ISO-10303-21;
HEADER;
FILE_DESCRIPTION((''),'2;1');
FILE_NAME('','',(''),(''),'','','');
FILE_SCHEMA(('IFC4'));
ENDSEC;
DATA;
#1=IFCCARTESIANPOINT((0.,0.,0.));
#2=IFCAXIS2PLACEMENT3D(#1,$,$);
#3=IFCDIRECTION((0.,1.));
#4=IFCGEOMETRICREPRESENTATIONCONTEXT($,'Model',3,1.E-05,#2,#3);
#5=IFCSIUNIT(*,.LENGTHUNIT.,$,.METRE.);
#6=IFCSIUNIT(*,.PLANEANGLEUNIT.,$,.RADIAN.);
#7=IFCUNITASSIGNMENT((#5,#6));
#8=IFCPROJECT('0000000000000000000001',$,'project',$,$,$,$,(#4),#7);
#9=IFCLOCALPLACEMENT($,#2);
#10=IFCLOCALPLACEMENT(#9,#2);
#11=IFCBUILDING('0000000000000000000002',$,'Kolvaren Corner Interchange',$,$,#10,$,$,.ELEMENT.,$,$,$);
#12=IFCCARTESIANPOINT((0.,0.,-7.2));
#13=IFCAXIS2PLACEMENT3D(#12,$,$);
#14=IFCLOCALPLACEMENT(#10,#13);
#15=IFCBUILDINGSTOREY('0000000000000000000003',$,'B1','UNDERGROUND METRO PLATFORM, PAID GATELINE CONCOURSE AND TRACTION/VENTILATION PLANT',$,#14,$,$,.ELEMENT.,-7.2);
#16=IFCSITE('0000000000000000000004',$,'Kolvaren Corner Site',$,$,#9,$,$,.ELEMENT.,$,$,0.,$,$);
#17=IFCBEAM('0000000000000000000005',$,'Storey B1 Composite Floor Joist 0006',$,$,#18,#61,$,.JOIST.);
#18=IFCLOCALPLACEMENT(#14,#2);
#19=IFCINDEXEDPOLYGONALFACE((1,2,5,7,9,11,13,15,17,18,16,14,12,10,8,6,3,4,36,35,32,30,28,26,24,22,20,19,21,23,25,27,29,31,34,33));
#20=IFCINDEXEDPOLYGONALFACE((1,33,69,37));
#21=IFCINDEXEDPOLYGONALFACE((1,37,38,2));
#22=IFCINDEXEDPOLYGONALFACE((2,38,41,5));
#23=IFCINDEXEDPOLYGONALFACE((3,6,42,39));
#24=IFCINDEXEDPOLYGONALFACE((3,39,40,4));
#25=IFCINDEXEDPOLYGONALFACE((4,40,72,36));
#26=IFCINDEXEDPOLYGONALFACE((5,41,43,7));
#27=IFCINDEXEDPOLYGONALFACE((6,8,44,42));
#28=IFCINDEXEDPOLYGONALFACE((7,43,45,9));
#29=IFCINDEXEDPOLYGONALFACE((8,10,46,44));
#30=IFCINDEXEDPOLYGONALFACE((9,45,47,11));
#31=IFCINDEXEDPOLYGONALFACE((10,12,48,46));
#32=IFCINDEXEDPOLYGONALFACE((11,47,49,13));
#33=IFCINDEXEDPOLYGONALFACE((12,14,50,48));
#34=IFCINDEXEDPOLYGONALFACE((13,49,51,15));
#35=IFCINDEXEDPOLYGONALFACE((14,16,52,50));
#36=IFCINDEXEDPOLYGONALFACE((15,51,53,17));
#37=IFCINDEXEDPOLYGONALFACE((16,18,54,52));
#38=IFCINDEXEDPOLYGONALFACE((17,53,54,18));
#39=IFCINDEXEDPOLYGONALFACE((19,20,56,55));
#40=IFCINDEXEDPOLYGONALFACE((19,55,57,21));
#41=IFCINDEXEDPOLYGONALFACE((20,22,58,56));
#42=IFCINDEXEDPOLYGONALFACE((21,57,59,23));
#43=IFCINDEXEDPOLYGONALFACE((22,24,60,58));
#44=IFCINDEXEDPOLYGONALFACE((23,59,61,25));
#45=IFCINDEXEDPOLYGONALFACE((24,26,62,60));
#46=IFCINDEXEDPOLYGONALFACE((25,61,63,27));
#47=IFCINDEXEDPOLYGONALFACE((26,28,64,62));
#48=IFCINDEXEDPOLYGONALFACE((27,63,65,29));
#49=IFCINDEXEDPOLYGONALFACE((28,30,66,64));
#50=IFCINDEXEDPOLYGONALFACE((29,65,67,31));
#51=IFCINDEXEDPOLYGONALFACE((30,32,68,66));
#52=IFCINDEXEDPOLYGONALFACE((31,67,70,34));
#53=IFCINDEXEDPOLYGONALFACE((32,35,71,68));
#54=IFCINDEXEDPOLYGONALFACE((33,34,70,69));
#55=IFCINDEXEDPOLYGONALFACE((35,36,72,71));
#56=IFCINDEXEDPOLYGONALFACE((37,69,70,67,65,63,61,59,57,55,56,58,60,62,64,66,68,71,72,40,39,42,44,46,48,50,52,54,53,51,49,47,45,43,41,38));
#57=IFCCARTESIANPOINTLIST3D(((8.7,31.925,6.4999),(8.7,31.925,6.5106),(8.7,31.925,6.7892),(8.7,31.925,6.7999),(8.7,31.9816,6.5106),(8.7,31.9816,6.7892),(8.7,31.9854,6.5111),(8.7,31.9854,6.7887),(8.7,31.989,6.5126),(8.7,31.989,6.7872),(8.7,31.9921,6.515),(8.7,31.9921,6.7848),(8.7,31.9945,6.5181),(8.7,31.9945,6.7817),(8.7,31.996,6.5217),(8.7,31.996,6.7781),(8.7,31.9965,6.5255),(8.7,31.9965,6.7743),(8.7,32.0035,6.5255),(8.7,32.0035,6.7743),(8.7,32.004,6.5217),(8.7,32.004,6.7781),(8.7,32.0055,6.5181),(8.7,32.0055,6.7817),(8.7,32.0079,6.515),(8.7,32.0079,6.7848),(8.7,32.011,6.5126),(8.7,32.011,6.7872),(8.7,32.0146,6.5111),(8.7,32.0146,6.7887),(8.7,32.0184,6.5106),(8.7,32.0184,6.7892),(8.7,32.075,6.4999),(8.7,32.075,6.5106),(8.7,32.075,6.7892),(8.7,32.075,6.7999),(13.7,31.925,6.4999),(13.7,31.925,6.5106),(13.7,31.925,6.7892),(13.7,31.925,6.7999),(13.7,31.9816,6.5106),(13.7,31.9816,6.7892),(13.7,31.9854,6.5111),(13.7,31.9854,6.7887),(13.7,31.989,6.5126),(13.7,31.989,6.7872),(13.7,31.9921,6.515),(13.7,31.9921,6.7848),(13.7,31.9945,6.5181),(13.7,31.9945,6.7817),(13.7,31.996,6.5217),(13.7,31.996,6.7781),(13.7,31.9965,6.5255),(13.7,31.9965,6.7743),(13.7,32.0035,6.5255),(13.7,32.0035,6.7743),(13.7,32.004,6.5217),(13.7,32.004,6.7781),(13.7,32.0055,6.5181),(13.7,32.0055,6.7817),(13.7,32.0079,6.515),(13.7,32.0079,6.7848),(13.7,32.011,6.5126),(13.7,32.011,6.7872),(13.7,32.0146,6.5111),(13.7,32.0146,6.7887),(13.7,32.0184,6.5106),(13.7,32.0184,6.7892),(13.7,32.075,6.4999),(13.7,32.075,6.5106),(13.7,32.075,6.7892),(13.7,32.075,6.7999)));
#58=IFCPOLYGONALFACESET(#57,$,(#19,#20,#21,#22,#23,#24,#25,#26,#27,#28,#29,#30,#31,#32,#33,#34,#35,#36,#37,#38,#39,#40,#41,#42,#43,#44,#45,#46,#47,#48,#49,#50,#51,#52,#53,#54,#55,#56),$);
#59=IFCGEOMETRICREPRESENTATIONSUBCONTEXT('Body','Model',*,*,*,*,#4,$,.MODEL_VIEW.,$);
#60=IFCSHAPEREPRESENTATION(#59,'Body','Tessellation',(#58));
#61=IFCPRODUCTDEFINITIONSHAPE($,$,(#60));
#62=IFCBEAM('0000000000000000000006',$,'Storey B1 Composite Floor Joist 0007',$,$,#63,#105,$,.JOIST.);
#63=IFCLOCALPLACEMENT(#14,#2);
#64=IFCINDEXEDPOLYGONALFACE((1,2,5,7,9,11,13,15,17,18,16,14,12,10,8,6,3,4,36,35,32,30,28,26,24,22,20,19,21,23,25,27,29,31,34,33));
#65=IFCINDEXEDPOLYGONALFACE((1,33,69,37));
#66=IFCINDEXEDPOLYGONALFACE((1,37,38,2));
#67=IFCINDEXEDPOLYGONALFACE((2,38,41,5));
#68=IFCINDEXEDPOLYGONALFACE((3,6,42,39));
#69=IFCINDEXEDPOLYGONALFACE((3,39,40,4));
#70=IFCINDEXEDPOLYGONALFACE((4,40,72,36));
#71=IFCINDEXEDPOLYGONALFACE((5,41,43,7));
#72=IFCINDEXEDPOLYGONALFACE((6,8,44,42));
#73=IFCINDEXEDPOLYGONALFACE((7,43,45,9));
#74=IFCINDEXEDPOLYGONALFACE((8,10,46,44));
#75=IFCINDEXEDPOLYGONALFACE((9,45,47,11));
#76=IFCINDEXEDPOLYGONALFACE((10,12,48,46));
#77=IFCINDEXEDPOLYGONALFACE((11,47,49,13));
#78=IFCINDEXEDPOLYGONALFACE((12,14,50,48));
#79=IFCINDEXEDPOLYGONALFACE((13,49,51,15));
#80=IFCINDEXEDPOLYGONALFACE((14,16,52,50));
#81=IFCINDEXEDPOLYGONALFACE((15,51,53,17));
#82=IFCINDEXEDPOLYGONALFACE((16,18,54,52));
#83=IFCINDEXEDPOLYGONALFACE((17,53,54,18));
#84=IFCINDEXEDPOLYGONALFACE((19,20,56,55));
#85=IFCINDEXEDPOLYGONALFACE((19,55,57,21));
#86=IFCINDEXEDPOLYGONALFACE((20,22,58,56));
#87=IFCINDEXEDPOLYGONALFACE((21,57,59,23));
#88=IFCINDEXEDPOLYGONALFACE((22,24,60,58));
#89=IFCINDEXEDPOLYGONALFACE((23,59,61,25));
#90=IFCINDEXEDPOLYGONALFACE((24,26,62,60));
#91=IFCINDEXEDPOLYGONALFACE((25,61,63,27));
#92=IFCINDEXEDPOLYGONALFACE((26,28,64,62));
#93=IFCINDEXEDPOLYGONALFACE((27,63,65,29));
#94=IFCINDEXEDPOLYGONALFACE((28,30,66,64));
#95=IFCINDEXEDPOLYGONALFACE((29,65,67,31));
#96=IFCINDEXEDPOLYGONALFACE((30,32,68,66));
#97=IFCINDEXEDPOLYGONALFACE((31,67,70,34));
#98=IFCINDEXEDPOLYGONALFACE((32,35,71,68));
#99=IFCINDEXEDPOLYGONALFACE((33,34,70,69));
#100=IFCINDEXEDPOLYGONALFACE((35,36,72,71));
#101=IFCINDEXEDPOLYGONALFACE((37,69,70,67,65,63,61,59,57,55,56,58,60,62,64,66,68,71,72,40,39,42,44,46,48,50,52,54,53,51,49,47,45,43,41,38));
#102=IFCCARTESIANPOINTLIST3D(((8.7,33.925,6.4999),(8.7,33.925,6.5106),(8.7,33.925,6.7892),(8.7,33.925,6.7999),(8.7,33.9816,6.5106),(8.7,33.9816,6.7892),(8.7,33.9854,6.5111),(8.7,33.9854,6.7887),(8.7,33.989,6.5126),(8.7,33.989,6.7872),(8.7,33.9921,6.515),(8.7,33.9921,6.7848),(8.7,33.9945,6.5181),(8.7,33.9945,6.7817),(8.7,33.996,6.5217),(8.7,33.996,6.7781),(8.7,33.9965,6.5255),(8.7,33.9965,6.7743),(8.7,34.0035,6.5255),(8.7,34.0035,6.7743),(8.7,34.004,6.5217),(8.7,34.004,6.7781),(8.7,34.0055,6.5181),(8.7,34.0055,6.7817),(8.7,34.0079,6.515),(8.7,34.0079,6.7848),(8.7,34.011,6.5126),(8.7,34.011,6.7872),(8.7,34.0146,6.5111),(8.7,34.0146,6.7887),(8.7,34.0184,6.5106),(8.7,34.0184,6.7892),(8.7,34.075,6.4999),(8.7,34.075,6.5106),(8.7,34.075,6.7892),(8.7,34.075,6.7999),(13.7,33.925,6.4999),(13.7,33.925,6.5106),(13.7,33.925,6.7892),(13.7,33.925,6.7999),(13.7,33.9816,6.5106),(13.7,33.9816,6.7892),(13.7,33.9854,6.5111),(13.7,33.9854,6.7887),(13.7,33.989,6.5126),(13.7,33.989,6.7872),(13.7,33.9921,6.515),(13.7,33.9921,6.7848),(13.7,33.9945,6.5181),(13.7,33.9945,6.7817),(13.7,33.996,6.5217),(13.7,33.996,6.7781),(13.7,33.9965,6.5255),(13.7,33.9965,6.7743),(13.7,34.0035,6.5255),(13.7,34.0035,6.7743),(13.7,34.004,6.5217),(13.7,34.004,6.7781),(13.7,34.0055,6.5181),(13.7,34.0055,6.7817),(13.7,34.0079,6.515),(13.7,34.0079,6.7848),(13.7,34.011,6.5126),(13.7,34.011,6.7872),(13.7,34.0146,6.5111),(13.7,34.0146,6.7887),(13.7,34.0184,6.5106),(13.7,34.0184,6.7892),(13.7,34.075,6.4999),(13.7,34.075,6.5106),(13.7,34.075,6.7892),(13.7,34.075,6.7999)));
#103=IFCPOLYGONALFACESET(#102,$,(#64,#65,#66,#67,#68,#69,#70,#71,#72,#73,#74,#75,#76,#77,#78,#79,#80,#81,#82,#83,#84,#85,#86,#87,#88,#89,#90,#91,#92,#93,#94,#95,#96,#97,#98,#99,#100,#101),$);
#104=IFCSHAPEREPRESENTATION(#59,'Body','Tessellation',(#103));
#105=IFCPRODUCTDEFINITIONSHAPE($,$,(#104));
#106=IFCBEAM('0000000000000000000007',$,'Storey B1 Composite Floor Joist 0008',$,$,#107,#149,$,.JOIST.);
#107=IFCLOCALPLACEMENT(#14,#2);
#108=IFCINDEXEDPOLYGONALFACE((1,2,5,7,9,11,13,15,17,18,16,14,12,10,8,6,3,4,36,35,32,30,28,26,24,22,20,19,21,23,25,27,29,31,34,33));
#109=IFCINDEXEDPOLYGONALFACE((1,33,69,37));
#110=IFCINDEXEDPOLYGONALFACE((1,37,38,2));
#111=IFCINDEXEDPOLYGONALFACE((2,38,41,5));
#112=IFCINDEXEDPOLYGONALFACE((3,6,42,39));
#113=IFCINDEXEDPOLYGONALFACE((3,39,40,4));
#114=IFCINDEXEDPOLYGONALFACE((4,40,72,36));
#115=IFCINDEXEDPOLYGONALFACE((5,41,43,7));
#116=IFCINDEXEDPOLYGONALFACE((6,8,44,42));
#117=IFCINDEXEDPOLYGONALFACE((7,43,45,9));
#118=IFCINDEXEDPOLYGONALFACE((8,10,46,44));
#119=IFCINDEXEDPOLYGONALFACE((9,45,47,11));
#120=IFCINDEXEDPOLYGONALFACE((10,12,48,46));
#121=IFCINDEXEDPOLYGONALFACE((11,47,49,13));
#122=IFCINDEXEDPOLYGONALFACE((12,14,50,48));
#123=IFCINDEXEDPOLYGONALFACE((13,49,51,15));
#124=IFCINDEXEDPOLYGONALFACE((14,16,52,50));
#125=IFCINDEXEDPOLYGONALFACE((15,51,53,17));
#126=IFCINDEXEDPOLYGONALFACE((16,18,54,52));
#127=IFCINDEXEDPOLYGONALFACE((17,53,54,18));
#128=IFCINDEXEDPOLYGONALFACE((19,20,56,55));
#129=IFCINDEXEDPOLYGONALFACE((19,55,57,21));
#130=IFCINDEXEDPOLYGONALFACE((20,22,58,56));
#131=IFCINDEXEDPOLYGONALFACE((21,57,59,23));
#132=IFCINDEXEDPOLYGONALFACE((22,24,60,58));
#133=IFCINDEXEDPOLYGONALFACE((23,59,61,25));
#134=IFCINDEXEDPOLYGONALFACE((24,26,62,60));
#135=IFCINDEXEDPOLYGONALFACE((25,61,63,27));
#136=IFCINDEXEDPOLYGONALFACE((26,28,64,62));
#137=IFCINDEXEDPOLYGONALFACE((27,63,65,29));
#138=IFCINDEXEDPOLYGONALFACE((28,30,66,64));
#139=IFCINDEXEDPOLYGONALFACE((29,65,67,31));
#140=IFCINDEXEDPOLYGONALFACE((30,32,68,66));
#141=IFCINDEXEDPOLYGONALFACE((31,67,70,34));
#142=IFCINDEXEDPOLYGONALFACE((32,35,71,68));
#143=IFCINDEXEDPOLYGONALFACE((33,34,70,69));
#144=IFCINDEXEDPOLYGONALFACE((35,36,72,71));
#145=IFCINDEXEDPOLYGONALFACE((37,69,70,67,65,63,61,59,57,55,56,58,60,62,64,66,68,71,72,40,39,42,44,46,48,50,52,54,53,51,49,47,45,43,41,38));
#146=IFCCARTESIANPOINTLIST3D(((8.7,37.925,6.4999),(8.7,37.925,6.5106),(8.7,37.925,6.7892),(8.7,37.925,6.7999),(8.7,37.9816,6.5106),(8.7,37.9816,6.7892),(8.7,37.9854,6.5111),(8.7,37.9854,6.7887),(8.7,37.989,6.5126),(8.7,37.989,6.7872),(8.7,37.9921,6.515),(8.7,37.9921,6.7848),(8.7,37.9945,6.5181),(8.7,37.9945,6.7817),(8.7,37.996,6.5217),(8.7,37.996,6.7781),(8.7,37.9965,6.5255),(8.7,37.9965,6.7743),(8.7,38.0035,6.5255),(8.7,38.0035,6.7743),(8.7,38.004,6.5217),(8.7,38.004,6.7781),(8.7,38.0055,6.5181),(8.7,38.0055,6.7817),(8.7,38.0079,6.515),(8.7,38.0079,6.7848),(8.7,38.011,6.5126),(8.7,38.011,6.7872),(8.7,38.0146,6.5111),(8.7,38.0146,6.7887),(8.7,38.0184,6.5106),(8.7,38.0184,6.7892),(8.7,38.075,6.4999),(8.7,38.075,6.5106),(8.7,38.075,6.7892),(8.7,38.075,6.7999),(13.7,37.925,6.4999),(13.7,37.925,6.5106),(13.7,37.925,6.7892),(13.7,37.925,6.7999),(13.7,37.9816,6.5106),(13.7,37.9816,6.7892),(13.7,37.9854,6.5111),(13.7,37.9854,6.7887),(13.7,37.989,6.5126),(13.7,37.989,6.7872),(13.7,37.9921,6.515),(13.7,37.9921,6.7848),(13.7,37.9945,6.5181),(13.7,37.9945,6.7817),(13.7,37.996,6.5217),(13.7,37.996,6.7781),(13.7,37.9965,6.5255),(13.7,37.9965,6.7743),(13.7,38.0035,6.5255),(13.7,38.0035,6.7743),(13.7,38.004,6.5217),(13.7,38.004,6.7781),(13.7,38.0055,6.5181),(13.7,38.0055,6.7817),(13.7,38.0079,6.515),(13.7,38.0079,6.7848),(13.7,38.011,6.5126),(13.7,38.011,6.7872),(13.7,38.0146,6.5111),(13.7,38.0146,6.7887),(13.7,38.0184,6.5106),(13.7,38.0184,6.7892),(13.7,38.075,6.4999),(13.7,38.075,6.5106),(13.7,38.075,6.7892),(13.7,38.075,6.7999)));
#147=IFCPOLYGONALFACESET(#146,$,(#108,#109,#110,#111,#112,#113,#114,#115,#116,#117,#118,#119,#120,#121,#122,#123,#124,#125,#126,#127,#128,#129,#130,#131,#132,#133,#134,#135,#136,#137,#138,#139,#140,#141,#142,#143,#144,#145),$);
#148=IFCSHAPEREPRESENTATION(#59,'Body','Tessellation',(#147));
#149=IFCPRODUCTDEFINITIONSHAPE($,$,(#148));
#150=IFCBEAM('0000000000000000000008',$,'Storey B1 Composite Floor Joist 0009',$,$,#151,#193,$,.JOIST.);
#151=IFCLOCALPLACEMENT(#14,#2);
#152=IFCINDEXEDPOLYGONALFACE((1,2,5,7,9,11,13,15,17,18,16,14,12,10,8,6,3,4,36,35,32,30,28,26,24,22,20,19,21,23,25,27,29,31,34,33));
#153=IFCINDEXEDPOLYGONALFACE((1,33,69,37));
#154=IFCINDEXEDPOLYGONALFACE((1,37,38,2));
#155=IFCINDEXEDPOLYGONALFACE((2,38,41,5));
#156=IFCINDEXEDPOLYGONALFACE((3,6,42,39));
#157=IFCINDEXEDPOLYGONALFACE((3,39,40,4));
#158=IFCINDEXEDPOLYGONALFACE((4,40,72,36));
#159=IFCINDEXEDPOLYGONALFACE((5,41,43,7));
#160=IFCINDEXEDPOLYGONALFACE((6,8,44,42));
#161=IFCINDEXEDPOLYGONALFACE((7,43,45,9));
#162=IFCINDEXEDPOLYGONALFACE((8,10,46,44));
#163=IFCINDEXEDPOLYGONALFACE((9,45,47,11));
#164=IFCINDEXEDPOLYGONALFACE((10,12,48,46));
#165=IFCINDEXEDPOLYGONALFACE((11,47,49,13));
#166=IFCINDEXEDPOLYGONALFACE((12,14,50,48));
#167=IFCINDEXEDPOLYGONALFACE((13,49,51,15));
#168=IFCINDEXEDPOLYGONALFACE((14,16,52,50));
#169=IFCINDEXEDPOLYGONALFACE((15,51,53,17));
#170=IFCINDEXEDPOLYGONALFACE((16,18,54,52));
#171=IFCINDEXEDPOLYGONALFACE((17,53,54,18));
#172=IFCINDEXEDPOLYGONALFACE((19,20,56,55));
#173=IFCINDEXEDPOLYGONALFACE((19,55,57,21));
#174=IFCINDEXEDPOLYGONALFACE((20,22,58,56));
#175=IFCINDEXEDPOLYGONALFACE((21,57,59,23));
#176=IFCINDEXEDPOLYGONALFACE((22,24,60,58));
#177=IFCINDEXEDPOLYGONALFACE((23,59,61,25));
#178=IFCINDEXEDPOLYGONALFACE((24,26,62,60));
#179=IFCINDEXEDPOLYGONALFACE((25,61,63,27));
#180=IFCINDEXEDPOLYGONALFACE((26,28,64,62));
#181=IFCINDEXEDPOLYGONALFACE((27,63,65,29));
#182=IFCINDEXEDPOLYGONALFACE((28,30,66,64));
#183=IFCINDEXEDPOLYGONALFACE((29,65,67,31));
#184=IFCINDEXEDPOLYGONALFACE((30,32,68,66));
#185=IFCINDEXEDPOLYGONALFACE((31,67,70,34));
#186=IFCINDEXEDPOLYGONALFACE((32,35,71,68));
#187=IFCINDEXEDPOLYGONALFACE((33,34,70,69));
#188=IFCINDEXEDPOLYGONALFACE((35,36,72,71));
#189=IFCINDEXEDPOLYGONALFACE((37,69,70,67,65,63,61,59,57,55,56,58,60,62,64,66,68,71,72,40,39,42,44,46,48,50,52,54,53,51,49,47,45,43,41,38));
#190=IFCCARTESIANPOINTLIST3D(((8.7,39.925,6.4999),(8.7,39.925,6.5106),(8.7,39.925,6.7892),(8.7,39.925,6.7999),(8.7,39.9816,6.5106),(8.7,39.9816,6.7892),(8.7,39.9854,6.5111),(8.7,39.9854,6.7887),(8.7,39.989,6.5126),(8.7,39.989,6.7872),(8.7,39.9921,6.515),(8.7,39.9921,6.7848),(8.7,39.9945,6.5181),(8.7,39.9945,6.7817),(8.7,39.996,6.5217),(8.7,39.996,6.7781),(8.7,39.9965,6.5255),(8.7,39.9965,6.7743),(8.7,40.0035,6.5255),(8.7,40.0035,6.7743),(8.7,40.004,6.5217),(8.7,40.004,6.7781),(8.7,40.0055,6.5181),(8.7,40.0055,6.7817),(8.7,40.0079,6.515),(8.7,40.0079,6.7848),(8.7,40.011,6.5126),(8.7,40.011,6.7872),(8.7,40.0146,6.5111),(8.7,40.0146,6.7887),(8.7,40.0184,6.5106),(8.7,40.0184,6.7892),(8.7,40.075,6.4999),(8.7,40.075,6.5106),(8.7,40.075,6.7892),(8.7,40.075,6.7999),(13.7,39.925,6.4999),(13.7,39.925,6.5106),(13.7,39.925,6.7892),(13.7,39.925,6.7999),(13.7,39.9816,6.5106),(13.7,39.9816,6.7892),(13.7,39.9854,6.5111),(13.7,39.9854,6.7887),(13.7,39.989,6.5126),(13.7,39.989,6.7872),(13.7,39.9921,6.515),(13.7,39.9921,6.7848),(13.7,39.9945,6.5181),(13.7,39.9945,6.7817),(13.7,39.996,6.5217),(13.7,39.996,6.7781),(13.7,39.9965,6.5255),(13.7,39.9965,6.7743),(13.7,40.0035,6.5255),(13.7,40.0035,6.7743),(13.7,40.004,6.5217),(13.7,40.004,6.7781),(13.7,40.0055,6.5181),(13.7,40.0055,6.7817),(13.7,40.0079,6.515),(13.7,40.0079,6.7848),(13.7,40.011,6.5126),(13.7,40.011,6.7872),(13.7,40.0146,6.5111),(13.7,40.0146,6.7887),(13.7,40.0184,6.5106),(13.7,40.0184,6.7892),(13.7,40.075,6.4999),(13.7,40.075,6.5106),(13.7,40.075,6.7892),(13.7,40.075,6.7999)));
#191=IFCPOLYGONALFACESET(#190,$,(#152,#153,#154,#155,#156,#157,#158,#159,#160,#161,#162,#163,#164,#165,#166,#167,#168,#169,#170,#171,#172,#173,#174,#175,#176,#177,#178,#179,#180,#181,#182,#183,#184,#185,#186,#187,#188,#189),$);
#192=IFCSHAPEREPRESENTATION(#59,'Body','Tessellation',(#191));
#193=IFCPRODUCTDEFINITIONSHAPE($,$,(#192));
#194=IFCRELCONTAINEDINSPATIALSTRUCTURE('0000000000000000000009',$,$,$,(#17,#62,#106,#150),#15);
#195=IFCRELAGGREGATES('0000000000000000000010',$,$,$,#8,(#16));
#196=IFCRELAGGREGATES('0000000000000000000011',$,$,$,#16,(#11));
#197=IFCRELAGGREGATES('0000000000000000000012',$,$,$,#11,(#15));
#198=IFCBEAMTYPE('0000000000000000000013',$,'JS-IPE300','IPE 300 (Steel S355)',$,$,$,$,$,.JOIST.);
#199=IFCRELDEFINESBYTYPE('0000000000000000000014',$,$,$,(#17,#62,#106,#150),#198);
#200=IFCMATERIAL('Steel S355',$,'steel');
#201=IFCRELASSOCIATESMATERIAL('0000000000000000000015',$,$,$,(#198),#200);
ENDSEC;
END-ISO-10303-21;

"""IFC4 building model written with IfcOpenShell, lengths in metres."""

from ifc_helpers import new_model, si_unit, direction, frame, origin, origin_2d, place, context, subcontext, project, spatial, i_section, extrude, material, material_profile, profile_set, type_object, element, save


model = new_model("IFC4")

# Units and contexts
model_context = context("Model", 3, precision=1e-05, world=origin(), true_north=direction((0.0, 1.0)))
body_context = subcontext(model_context, "Body", "Model", "MODEL_VIEW")
ifc_project = project(units=[si_unit("LENGTHUNIT", "METRE"), si_unit("PLANEANGLEUNIT", "RADIAN")], contexts=[model_context])

# Site, building, storey
site_placement = place(None, origin())
site = spatial("IfcSite", under=ifc_project, at=site_placement, Name="Kolvaren Corner Site", CompositionType="ELEMENT", RefElevation=0.0)
building_placement = place(site_placement, origin())
building = spatial("IfcBuilding", under=site, at=building_placement, Name="Kolvaren Corner Interchange", CompositionType="ELEMENT")
storey_placement = place(building_placement, frame((0.0, 0.0, -7.2)))
storey = spatial("IfcBuildingStorey", under=building, at=storey_placement, Name="B1", Description="UNDERGROUND METRO PLATFORM, PAID GATELINE CONCOURSE AND TRACTION/VENTILATION PLANT", CompositionType="ELEMENT", Elevation=-7.2)

# Beams
ifc_material_1 = material(Name="Steel S355", Category="steel")
ifc_material_profile_1 = material_profile(ifc_material_1, i_section(OverallWidth=0.1499, OverallDepth=0.3, WebThickness=0.0071, FlangeThickness=0.0107, FilletRadius=0.0149, at=origin_2d()), Name="IPE 300")
ifc_profile_set_1 = profile_set([ifc_material_profile_1], Name="Steel S355")
beam_type_1 = type_object("IfcBeamType", Name="JS-IPE300", Description="IPE 300 (Steel S355)", PredefinedType="JOIST", material=ifc_profile_set_1)
for number, where, z_axis, x_axis, name in (
    (1, (8.7, 32.0, 6.6499), (1.0, 0.0, 0.0), (0.0, 1.0, 0.0), "Storey B1 Composite Floor Joist 0006"),
    (2, (8.7, 34.0, 6.6499), (1.0, 0.0, 0.0), (0.0, 1.0, 0.0), "Storey B1 Composite Floor Joist 0007"),
    (3, (8.7, 38.0, 6.6499), (1.0, 0.0, 0.0), (0.0, 1.0, 0.0), "Storey B1 Composite Floor Joist 0008"),
    (4, (8.7, 40.0, 6.6499), (1.0, 0.0, 0.0), (0.0, 1.0, 0.0), "Storey B1 Composite Floor Joist 0009"),
):
    element("IfcBeam", number, at=place(storey_placement, frame(where, z_axis=z_axis, x_axis=x_axis)), inside=storey, type_object=beam_type_1, Name=name, PredefinedType="JOIST", context=body_context, shape_type="SweptSolid", body=[
        extrude(i_section(OverallWidth=0.1499, OverallDepth=0.3, WebThickness=0.0071, FlangeThickness=0.0107, FilletRadius=0.0149, at=origin_2d()), origin(), (0.0, 0.0, 1.0), 5.0),
    ])

save(model, "model.ifc")
